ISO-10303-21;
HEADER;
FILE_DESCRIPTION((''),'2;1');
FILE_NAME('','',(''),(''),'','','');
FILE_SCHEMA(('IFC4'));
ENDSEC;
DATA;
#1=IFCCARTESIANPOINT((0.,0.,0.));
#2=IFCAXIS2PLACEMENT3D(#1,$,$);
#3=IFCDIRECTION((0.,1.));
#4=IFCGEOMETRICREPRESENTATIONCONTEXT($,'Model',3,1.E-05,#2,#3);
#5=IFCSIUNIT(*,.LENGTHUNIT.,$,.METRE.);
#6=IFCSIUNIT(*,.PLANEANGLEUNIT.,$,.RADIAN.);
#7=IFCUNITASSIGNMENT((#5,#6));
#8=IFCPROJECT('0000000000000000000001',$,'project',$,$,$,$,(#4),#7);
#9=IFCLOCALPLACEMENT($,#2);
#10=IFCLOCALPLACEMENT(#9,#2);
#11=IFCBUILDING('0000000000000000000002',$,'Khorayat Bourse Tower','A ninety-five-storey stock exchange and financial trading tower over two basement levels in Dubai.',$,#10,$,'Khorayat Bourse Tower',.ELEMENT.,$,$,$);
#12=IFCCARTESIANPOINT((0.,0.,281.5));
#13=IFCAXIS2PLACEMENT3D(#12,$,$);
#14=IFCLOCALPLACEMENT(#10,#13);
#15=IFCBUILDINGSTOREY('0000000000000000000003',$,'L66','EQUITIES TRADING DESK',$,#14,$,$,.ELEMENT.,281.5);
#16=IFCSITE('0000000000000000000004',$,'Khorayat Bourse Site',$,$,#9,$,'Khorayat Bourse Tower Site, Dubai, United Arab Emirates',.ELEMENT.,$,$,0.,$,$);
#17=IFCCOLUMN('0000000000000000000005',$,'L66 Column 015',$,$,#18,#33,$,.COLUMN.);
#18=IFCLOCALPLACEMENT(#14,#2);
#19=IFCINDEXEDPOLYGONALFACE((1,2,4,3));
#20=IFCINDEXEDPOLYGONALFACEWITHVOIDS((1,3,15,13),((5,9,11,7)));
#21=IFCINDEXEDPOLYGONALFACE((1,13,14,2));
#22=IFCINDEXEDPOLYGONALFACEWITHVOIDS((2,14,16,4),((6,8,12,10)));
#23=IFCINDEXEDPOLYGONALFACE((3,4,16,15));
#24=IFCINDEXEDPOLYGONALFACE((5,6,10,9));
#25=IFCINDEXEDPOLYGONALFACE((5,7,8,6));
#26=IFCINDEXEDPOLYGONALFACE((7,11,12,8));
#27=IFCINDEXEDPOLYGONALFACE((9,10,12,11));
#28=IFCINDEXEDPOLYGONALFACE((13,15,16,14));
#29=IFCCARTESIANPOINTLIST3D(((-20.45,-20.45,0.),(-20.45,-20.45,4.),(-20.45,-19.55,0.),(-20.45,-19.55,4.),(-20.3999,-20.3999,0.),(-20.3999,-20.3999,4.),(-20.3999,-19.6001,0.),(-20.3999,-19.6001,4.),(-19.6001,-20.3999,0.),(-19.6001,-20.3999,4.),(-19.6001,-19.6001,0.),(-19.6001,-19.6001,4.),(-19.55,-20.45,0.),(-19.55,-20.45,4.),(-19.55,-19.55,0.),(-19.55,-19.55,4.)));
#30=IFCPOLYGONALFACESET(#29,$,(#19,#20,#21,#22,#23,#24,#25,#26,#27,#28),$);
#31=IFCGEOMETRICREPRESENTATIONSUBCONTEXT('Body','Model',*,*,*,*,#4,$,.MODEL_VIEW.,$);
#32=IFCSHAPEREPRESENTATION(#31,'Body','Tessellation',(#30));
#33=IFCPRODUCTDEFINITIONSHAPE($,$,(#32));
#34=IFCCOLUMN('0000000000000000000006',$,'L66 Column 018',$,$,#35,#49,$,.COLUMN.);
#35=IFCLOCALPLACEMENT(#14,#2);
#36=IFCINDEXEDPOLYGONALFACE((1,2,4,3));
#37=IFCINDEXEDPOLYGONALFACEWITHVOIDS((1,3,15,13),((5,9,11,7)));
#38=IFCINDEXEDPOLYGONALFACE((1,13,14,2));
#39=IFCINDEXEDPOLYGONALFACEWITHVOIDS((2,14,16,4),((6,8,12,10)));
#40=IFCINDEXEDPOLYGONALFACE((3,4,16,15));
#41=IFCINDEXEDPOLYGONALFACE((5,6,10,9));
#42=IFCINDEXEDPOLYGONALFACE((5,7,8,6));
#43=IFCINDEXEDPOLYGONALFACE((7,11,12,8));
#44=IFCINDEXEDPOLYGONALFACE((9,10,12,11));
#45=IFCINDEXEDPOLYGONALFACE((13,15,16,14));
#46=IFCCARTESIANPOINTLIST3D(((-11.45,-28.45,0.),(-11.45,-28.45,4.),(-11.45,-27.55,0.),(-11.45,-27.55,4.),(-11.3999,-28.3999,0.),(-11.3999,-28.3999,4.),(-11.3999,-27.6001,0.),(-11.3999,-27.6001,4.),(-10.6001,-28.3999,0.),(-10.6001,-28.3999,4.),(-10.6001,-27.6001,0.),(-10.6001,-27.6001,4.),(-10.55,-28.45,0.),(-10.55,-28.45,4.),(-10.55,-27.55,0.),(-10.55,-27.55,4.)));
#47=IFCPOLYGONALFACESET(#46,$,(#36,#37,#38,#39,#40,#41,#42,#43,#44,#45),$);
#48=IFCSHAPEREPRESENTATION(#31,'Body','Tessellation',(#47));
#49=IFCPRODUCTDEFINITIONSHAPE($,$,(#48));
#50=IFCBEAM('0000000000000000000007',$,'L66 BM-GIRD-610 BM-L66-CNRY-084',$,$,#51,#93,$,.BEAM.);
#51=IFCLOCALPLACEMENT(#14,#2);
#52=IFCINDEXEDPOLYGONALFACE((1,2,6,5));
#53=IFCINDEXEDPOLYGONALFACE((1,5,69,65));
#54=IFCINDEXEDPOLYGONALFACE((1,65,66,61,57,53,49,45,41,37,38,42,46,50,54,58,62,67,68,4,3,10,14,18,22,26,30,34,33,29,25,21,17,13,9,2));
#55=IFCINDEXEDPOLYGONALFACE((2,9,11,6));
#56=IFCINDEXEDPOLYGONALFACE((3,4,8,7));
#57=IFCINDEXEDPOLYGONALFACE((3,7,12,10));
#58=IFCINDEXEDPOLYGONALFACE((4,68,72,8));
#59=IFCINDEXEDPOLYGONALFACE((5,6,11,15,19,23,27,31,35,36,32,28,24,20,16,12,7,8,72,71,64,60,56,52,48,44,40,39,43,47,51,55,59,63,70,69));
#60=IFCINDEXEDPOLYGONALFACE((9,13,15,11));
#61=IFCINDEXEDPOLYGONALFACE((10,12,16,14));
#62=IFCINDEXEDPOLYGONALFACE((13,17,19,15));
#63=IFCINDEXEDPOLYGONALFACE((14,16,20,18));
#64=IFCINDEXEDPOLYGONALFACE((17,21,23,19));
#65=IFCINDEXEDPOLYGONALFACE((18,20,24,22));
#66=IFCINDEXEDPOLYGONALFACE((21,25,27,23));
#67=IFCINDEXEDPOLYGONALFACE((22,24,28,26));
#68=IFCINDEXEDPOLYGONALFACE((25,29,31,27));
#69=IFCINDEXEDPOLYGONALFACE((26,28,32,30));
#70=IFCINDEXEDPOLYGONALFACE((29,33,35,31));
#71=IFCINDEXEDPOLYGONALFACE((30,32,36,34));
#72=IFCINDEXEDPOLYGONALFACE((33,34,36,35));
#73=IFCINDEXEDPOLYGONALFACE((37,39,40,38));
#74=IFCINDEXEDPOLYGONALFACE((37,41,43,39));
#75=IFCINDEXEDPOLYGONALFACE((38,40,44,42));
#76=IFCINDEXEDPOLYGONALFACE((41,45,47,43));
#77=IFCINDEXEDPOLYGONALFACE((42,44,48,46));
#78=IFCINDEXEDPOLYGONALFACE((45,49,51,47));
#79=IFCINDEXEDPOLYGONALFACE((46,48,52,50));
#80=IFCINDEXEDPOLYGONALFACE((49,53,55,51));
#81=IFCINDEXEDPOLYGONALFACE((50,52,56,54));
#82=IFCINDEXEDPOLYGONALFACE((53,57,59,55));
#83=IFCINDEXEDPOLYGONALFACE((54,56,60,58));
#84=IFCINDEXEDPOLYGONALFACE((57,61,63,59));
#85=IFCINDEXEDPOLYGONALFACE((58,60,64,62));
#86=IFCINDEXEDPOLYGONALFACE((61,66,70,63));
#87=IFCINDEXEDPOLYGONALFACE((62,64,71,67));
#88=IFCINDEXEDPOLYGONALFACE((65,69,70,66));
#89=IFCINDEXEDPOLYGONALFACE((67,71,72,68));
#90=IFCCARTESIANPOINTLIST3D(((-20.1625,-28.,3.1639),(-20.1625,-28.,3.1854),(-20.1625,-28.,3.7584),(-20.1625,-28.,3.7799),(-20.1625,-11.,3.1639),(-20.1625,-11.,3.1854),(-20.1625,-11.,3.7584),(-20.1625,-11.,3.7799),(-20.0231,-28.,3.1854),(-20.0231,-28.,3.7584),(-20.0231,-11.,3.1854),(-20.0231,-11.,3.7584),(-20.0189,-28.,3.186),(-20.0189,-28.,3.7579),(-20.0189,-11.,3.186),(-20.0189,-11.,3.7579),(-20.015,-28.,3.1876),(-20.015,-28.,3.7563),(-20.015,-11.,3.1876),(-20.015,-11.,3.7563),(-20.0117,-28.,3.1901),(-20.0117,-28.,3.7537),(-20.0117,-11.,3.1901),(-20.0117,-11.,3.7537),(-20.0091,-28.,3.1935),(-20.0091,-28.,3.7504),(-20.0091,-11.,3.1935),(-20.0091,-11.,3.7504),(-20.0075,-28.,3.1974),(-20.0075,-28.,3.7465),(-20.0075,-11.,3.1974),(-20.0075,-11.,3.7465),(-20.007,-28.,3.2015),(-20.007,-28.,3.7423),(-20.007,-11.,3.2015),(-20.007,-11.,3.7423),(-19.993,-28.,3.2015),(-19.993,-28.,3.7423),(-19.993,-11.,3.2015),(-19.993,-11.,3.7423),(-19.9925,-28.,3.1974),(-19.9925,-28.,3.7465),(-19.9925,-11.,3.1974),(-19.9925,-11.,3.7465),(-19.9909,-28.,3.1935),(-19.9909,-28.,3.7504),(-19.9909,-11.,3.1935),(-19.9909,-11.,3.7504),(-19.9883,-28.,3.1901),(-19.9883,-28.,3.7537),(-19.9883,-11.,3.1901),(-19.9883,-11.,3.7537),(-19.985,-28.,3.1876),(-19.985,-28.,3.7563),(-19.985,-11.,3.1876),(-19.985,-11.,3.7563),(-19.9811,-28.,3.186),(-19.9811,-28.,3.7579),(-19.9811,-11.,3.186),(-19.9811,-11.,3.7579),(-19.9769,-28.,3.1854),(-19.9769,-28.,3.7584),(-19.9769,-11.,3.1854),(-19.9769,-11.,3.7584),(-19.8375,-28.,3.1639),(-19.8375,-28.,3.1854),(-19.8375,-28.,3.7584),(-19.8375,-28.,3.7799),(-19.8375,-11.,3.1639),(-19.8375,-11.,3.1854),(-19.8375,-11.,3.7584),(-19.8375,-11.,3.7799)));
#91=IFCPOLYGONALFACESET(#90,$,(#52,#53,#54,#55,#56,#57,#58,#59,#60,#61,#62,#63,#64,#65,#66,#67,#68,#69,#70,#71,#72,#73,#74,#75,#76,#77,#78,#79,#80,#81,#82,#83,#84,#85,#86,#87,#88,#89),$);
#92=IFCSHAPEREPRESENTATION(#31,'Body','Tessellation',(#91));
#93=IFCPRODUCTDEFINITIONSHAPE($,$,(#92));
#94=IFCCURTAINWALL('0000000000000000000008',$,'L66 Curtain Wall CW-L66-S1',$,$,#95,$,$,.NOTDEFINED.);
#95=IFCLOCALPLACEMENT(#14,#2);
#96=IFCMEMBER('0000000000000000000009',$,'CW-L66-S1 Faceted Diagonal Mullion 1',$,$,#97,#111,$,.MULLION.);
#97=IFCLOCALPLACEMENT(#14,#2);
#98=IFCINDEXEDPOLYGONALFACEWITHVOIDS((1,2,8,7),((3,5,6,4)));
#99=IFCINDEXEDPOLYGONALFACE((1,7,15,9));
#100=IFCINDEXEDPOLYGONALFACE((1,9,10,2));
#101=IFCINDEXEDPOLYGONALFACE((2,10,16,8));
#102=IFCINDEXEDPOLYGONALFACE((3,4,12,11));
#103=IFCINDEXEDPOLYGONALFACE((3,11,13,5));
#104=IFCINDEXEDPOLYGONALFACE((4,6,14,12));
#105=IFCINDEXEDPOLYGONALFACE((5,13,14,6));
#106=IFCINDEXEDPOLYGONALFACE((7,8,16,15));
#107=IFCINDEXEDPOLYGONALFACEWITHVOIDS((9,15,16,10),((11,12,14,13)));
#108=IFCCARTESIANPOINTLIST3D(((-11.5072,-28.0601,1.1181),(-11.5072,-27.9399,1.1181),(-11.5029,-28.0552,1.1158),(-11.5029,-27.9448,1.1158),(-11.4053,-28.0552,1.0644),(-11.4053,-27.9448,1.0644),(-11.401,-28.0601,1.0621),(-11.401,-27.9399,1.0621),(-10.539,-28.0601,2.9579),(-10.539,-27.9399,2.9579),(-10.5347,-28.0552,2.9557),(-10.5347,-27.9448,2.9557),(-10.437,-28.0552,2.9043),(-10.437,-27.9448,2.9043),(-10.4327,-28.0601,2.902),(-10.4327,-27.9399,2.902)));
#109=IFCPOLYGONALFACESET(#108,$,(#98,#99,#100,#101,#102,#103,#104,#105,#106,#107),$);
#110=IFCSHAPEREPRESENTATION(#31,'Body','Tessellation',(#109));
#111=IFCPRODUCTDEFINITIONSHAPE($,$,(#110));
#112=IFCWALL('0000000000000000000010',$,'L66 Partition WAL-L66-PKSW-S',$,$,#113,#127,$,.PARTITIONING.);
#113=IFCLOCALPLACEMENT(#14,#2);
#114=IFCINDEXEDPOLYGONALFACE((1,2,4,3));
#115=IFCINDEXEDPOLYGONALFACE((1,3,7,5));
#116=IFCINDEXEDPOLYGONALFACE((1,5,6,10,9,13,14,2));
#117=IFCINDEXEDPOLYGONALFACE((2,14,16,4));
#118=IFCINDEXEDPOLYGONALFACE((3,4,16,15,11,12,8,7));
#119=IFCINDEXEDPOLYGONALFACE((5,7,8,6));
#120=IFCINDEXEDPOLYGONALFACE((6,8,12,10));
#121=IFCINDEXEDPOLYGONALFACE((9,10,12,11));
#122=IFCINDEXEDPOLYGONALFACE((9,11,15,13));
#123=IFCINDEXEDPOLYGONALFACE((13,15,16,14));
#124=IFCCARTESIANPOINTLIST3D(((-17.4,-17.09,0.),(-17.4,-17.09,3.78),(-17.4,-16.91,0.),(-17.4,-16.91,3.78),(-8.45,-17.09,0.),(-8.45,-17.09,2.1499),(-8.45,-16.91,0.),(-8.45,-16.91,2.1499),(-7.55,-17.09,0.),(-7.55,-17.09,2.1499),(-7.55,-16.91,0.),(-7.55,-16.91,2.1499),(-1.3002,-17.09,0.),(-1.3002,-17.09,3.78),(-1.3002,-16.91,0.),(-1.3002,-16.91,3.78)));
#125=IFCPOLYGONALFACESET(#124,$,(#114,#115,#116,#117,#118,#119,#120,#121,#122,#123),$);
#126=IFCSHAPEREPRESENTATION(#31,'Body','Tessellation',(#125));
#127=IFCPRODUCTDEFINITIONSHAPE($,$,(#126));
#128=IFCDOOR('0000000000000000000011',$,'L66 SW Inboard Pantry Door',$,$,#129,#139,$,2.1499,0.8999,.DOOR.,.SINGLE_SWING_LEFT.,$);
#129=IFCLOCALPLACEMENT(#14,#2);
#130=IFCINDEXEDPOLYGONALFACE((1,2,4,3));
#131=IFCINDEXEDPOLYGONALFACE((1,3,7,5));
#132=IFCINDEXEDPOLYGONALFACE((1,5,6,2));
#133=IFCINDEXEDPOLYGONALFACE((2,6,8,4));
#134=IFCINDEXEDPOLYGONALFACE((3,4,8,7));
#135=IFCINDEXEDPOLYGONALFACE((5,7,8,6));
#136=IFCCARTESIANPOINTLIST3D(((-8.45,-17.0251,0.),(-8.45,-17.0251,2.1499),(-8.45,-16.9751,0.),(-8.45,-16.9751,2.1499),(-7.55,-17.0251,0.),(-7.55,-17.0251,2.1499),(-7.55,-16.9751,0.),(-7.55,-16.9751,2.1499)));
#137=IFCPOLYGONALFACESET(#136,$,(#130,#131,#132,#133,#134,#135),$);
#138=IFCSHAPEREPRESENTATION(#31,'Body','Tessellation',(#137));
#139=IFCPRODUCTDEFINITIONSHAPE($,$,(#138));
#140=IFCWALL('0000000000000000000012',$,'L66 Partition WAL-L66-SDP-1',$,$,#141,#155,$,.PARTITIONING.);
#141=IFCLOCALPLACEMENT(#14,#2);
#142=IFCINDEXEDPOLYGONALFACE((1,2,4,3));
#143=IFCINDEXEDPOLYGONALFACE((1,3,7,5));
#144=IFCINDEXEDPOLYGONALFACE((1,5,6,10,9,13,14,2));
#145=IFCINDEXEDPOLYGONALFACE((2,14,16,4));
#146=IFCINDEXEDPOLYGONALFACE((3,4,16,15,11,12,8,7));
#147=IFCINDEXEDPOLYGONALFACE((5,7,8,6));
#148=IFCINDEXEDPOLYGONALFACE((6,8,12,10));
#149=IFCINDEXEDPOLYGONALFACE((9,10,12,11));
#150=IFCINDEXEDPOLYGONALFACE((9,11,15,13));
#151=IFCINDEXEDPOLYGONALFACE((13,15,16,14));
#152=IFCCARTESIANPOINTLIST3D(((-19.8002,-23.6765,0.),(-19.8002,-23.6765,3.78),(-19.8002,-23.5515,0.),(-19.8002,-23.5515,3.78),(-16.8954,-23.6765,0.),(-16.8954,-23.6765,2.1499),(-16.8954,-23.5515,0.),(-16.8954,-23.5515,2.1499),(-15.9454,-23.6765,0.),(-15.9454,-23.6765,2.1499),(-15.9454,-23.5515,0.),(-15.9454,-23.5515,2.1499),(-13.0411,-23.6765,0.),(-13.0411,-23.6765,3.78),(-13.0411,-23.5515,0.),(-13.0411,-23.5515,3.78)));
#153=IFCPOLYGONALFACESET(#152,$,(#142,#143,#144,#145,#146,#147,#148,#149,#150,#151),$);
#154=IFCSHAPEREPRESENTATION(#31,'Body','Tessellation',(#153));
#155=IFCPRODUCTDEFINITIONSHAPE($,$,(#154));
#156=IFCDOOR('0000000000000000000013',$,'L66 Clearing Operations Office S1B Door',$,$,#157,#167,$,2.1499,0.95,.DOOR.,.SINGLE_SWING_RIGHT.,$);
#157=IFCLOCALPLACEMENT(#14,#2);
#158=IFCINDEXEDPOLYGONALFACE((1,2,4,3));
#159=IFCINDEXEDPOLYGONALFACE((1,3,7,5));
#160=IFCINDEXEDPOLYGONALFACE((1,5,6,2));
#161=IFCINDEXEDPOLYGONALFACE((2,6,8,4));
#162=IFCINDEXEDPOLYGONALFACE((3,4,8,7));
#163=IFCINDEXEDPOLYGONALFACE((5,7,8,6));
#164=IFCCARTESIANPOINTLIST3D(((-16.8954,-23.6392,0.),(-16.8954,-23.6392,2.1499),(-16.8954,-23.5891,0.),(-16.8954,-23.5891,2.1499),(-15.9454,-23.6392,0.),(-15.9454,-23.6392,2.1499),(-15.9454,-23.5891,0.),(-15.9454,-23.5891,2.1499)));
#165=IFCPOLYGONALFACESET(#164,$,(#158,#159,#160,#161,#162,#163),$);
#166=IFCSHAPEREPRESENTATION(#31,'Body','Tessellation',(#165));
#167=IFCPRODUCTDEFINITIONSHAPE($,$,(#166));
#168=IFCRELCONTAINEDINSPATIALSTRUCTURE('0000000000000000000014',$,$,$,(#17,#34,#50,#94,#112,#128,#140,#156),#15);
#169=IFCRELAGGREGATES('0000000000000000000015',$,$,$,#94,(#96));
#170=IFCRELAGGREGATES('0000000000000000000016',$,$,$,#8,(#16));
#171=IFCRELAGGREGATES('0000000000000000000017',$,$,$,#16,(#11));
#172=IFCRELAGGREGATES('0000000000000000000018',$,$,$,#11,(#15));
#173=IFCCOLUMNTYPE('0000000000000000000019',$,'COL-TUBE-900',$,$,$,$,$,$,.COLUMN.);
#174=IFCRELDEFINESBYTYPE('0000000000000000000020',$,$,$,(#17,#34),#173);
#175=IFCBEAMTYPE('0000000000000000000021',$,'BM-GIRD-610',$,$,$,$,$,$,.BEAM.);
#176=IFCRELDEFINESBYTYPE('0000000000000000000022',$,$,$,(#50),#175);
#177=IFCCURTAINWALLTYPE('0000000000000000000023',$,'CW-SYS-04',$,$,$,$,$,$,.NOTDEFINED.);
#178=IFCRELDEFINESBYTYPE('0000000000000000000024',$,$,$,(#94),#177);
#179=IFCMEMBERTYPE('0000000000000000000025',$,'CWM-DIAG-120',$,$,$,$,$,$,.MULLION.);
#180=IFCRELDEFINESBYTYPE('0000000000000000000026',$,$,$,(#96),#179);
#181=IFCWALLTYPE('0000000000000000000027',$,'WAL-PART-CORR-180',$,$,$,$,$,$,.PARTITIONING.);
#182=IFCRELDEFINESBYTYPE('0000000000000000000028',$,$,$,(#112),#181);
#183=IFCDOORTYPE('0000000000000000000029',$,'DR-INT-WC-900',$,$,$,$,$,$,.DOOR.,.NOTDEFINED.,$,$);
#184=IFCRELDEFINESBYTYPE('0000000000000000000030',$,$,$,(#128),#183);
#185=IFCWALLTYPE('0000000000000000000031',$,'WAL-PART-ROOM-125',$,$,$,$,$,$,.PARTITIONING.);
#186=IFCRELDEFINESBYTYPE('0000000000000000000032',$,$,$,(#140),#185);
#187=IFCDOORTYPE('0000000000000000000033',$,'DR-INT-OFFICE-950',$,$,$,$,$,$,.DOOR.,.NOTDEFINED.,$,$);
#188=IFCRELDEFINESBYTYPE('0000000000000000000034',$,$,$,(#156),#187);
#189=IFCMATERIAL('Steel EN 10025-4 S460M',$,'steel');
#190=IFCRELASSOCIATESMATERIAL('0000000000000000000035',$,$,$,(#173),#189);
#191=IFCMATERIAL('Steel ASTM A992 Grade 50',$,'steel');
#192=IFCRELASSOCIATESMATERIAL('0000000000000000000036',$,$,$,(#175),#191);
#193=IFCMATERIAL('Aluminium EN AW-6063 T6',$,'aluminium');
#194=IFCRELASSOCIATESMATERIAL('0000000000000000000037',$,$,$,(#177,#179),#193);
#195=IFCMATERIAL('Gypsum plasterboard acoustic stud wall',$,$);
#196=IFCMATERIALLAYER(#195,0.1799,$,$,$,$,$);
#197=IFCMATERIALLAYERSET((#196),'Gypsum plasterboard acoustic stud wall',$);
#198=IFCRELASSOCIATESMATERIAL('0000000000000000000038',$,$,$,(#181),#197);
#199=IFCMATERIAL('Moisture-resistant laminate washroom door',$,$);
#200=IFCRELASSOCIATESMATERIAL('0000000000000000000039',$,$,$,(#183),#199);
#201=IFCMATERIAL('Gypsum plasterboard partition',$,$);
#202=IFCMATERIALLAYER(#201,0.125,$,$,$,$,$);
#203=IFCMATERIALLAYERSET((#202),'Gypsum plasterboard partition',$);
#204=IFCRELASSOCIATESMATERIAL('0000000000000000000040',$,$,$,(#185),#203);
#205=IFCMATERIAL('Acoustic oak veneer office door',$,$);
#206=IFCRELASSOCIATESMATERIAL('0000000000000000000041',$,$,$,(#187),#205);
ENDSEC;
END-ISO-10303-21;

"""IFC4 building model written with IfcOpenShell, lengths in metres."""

from ifc_helpers import new_model, si_unit, direction, frame, frame_2d, origin, origin_2d, place, context, subcontext, project, spatial, rectangle, hollow_rectangle, i_section, extrude, source, transform, mapped, material, layer, layer_set, material_profile, profile_set, type_object, element, fill, aggregate, save


model = new_model("IFC4")

# Units and contexts
model_context = context("Model", 3, precision=1e-05, world=origin(), true_north=direction((0.0, 1.0)))
body_context = subcontext(model_context, "Body", "Model", "MODEL_VIEW")
ifc_project = project(units=[si_unit("LENGTHUNIT", "METRE"), si_unit("PLANEANGLEUNIT", "RADIAN")], contexts=[model_context])

# Site, building, storey
site_placement = place(None, origin())
site = spatial("IfcSite", under=ifc_project, at=site_placement, Name="Khorayat Bourse Site", LongName="Khorayat Bourse Tower Site, Dubai, United Arab Emirates", CompositionType="ELEMENT", RefElevation=0.0)
building_placement = place(site_placement, origin())
building = spatial("IfcBuilding", under=site, at=building_placement, Name="Khorayat Bourse Tower", Description="A ninety-five-storey stock exchange and financial trading tower over two basement levels in Dubai.", LongName="Khorayat Bourse Tower", CompositionType="ELEMENT")
storey_placement = place(building_placement, frame((0.0, 0.0, 281.5)))
storey = spatial("IfcBuildingStorey", under=building, at=storey_placement, Name="L66", Description="EQUITIES TRADING DESK", CompositionType="ELEMENT", Elevation=281.5)

# Columns
ifc_material_1 = material(Name="Steel EN 10025-4 S460M", Category="steel")
ifc_material_profile_1 = material_profile(ifc_material_1, hollow_rectangle(XDim=0.8999, YDim=0.8999, WallThickness=0.05, at=origin_2d()), Name="BOX 900x900x50")
ifc_profile_set_1 = profile_set([ifc_material_profile_1], Name="Steel EN 10025-4 S460M")
column_type = type_object("IfcColumnType", Name="COL-TUBE-900", PredefinedType="COLUMN", material=ifc_profile_set_1)
shared_shape_1 = source(origin(), body_context, "Body", "SweptSolid", [
    extrude(hollow_rectangle(XDim=0.8999, YDim=0.8999, WallThickness=0.05, at=origin_2d()), origin(), (0.0, 0.0, 1.0), 4.0),
])
for number, where, z_axis, x_axis, name in (
    (1, (-20.0, -20.0, 0.0), (0.0, 0.0, 1.0), (1.0, 0.0, 0.0), "L66 Column 015"),
    (2, (-11.0, -28.0, 0.0), (0.0, 0.0, 1.0), (1.0, 0.0, 0.0), "L66 Column 018"),
):
    element("IfcColumn", number, at=place(storey_placement, frame(where, z_axis=z_axis, x_axis=x_axis)), inside=storey, type_object=column_type, Name=name, PredefinedType="COLUMN", context=body_context, shape_type="MappedRepresentation", body=[
        mapped(shared_shape_1, transform((0.0, 0.0, 0.0), scale=1.0)),
    ])

# Beam
ifc_material_2 = material(Name="Steel ASTM A992 Grade 50", Category="steel")
ifc_material_profile_2 = material_profile(ifc_material_2, i_section(OverallWidth=0.325, OverallDepth=0.616, WebThickness=0.0139, FlangeThickness=0.0215, FilletRadius=0.0161, at=origin_2d()), Name="W610X174")
ifc_profile_set_2 = profile_set([ifc_material_profile_2], Name="Steel ASTM A992 Grade 50")
beam_type = type_object("IfcBeamType", Name="BM-GIRD-610", PredefinedType="BEAM", material=ifc_profile_set_2)
shared_shape_2 = source(origin(), body_context, "Body", "SweptSolid", [
    extrude(i_section(OverallWidth=0.325, OverallDepth=0.616, WebThickness=0.0139, FlangeThickness=0.0215, FilletRadius=0.0161, at=origin_2d()), origin(), (0.0, 0.0, 1.0), 17.0),
])
beam_placement = place(storey_placement, frame((-20.0, -28.0, 3.4719), z_axis=(0.0, 1.0, 0.0), x_axis=(-1.0, 0.0, 0.0)))
element("IfcBeam", 3, at=beam_placement, inside=storey, type_object=beam_type, Name="L66 BM-GIRD-610 BM-L66-CNRY-084", PredefinedType="BEAM", context=body_context, shape_type="MappedRepresentation", body=[
    mapped(shared_shape_2, transform((0.0, 0.0, 0.0), scale=1.0)),
])

# Curtain wall, member
ifc_material_3 = material(Name="Aluminium EN AW-6063 T6", Category="aluminium")
curtain_wall_type = type_object("IfcCurtainWallType", Name="CW-SYS-04", PredefinedType="NOTDEFINED", material=ifc_material_3)
curtain_wall_placement = place(storey_placement, origin())
curtain_wall = element("IfcCurtainWall", 4, at=curtain_wall_placement, inside=storey, type_object=curtain_wall_type, Name="L66 Curtain Wall CW-L66-S1", PredefinedType="NOTDEFINED")
ifc_material_profile_3 = material_profile(ifc_material_3, hollow_rectangle(XDim=0.1201, YDim=0.1201, WallThickness=0.0049, at=origin_2d()), Name="ALU 120x120x5")
ifc_profile_set_3 = profile_set([ifc_material_profile_3], Name="Aluminium EN AW-6063 T6")
member_type = type_object("IfcMemberType", Name="CWM-DIAG-120", PredefinedType="MULLION", material=ifc_profile_set_3)
shared_shape_3 = source(origin(), body_context, "Body", "SweptSolid", [
    extrude(hollow_rectangle(XDim=0.1201, YDim=0.1201, WallThickness=0.0049, at=origin_2d()), origin(), (0.0, 0.0, 1.0), 2.0791),
])
member_placement = place(storey_placement, frame((-11.4541, -28.0, 1.0901), z_axis=(0.465717, 0.0, 0.884934), x_axis=(0.0, 1.0, 0.0)))
member = element("IfcMember", 5, at=member_placement, type_object=member_type, Name="CW-L66-S1 Faceted Diagonal Mullion 1", PredefinedType="MULLION", context=body_context, shape_type="MappedRepresentation", body=[
    mapped(shared_shape_3, transform((0.0, 0.0, 0.0), scale=1.0)),
])
aggregate(curtain_wall, [member])

# Walls, openings, doors
ifc_material_4 = material(Name="Gypsum plasterboard acoustic stud wall")
ifc_layer_1 = layer(ifc_material_4, 0.1799)
ifc_layer_set_1 = layer_set([ifc_layer_1], Name="Gypsum plasterboard acoustic stud wall")
wall_type_1 = type_object("IfcWallType", Name="WAL-PART-CORR-180", PredefinedType="PARTITIONING", material=ifc_layer_set_1)
shared_shape_4 = source(origin(), body_context, "Body", "SweptSolid", [
    extrude(rectangle(XDim=16.0999, YDim=0.1799, at=frame_2d((8.0498, 0.0))), origin(), (0.0, 0.0, 1.0), 3.78),
])
wall_1_placement = place(storey_placement, frame((-17.3999, -17.0, 0.0), z_axis=(0.0, 0.0, 1.0), x_axis=(1.0, 0.0, 0.0)))
wall_1 = element("IfcWall", 6, at=wall_1_placement, inside=storey, type_object=wall_type_1, Name="L66 Partition WAL-L66-PKSW-S", PredefinedType="PARTITIONING", context=body_context, shape_type="MappedRepresentation", body=[
    mapped(shared_shape_4, transform((0.0, 0.0, 0.0), scale=1.0)),
])
shared_shape_5 = source(origin(), body_context, "Body", "SweptSolid", [
    extrude(rectangle(XDim=0.8999, YDim=2.1499, at=frame_2d((0.45, 1.075))), frame((0.0, 0.0999, 0.0), z_axis=(0.0, -1.0, 0.0), x_axis=(1.0, 0.0, 0.0)), (0.0, 0.0, 1.0), 0.2),
])
opening_1_placement = place(wall_1_placement, frame((8.95, 0.0, 0.0)))
opening_1 = element("IfcOpeningElement", 7, at=opening_1_placement, cuts=wall_1, PredefinedType="OPENING", context=body_context, shape_type="MappedRepresentation", body=[
    mapped(shared_shape_5, transform((0.0, 0.0, 0.0), scale=1.0)),
])
ifc_material_5 = material(Name="Moisture-resistant laminate washroom door")
door_type_1 = type_object("IfcDoorType", Name="DR-INT-WC-900", OperationType="NOTDEFINED", PredefinedType="DOOR", material=ifc_material_5)
shared_shape_6 = source(origin(), body_context, "Body", "SweptSolid", [
    extrude(rectangle(XDim=0.8999, YDim=2.1499, at=frame_2d((0.45, 1.075))), frame((0.0, 0.0249, 0.0), z_axis=(0.0, -1.0, 0.0), x_axis=(1.0, 0.0, 0.0)), (0.0, 0.0, 1.0), 0.05),
])
door_1_placement = place(opening_1_placement, origin())
door_1 = element("IfcDoor", 8, at=door_1_placement, inside=storey, type_object=door_type_1, Name="L66 SW Inboard Pantry Door", OperationType="SINGLE_SWING_LEFT", OverallHeight=2.1499, OverallWidth=0.8999, PredefinedType="DOOR", context=body_context, shape_type="MappedRepresentation", body=[
    mapped(shared_shape_6, transform((0.0, 0.0, 0.0), scale=1.0)),
])
fill(opening_1, door_1)
ifc_material_6 = material(Name="Gypsum plasterboard partition")
ifc_layer_2 = layer(ifc_material_6, 0.125)
ifc_layer_set_2 = layer_set([ifc_layer_2], Name="Gypsum plasterboard partition")
wall_type_2 = type_object("IfcWallType", Name="WAL-PART-ROOM-125", PredefinedType="PARTITIONING", material=ifc_layer_set_2)
shared_shape_7 = source(origin(), body_context, "Body", "SweptSolid", [
    extrude(rectangle(XDim=6.759, YDim=0.125, at=frame_2d((3.3794, 0.0))), origin(), (0.0, 0.0, 1.0), 3.78),
])
wall_2_placement = place(storey_placement, frame((-19.8, -23.614, 0.0), z_axis=(0.0, 0.0, 1.0), x_axis=(1.0, 0.0, 0.0)))
wall_2 = element("IfcWall", 9, at=wall_2_placement, inside=storey, type_object=wall_type_2, Name="L66 Partition WAL-L66-SDP-1", PredefinedType="PARTITIONING", context=body_context, shape_type="MappedRepresentation", body=[
    mapped(shared_shape_7, transform((0.0, 0.0, 0.0), scale=1.0)),
])
shared_shape_8 = source(origin(), body_context, "Body", "SweptSolid", [
    extrude(rectangle(XDim=0.95, YDim=2.1499, at=frame_2d((0.4751, 1.075))), frame((0.0, 0.0725, 0.0), z_axis=(0.0, -1.0, 0.0), x_axis=(1.0, 0.0, 0.0)), (0.0, 0.0, 1.0), 0.145),
])
opening_2_placement = place(wall_2_placement, frame((2.9045, 0.0, 0.0)))
opening_2 = element("IfcOpeningElement", 10, at=opening_2_placement, cuts=wall_2, PredefinedType="OPENING", context=body_context, shape_type="MappedRepresentation", body=[
    mapped(shared_shape_8, transform((0.0, 0.0, 0.0), scale=1.0)),
])
ifc_material_7 = material(Name="Acoustic oak veneer office door")
door_type_2 = type_object("IfcDoorType", Name="DR-INT-OFFICE-950", OperationType="NOTDEFINED", PredefinedType="DOOR", material=ifc_material_7)
shared_shape_9 = source(origin(), body_context, "Body", "SweptSolid", [
    extrude(rectangle(XDim=0.95, YDim=2.1499, at=frame_2d((0.4751, 1.075))), frame((0.0, 0.0249, 0.0), z_axis=(0.0, -1.0, 0.0), x_axis=(1.0, 0.0, 0.0)), (0.0, 0.0, 1.0), 0.05),
])
door_2_placement = place(opening_2_placement, origin())
door_2 = element("IfcDoor", 11, at=door_2_placement, inside=storey, type_object=door_type_2, Name="L66 Clearing Operations Office S1B Door", OperationType="SINGLE_SWING_RIGHT", OverallHeight=2.1499, OverallWidth=0.95, PredefinedType="DOOR", context=body_context, shape_type="MappedRepresentation", body=[
    mapped(shared_shape_9, transform((0.0, 0.0, 0.0), scale=1.0)),
])
fill(opening_2, door_2)

save(model, "model.ifc")
